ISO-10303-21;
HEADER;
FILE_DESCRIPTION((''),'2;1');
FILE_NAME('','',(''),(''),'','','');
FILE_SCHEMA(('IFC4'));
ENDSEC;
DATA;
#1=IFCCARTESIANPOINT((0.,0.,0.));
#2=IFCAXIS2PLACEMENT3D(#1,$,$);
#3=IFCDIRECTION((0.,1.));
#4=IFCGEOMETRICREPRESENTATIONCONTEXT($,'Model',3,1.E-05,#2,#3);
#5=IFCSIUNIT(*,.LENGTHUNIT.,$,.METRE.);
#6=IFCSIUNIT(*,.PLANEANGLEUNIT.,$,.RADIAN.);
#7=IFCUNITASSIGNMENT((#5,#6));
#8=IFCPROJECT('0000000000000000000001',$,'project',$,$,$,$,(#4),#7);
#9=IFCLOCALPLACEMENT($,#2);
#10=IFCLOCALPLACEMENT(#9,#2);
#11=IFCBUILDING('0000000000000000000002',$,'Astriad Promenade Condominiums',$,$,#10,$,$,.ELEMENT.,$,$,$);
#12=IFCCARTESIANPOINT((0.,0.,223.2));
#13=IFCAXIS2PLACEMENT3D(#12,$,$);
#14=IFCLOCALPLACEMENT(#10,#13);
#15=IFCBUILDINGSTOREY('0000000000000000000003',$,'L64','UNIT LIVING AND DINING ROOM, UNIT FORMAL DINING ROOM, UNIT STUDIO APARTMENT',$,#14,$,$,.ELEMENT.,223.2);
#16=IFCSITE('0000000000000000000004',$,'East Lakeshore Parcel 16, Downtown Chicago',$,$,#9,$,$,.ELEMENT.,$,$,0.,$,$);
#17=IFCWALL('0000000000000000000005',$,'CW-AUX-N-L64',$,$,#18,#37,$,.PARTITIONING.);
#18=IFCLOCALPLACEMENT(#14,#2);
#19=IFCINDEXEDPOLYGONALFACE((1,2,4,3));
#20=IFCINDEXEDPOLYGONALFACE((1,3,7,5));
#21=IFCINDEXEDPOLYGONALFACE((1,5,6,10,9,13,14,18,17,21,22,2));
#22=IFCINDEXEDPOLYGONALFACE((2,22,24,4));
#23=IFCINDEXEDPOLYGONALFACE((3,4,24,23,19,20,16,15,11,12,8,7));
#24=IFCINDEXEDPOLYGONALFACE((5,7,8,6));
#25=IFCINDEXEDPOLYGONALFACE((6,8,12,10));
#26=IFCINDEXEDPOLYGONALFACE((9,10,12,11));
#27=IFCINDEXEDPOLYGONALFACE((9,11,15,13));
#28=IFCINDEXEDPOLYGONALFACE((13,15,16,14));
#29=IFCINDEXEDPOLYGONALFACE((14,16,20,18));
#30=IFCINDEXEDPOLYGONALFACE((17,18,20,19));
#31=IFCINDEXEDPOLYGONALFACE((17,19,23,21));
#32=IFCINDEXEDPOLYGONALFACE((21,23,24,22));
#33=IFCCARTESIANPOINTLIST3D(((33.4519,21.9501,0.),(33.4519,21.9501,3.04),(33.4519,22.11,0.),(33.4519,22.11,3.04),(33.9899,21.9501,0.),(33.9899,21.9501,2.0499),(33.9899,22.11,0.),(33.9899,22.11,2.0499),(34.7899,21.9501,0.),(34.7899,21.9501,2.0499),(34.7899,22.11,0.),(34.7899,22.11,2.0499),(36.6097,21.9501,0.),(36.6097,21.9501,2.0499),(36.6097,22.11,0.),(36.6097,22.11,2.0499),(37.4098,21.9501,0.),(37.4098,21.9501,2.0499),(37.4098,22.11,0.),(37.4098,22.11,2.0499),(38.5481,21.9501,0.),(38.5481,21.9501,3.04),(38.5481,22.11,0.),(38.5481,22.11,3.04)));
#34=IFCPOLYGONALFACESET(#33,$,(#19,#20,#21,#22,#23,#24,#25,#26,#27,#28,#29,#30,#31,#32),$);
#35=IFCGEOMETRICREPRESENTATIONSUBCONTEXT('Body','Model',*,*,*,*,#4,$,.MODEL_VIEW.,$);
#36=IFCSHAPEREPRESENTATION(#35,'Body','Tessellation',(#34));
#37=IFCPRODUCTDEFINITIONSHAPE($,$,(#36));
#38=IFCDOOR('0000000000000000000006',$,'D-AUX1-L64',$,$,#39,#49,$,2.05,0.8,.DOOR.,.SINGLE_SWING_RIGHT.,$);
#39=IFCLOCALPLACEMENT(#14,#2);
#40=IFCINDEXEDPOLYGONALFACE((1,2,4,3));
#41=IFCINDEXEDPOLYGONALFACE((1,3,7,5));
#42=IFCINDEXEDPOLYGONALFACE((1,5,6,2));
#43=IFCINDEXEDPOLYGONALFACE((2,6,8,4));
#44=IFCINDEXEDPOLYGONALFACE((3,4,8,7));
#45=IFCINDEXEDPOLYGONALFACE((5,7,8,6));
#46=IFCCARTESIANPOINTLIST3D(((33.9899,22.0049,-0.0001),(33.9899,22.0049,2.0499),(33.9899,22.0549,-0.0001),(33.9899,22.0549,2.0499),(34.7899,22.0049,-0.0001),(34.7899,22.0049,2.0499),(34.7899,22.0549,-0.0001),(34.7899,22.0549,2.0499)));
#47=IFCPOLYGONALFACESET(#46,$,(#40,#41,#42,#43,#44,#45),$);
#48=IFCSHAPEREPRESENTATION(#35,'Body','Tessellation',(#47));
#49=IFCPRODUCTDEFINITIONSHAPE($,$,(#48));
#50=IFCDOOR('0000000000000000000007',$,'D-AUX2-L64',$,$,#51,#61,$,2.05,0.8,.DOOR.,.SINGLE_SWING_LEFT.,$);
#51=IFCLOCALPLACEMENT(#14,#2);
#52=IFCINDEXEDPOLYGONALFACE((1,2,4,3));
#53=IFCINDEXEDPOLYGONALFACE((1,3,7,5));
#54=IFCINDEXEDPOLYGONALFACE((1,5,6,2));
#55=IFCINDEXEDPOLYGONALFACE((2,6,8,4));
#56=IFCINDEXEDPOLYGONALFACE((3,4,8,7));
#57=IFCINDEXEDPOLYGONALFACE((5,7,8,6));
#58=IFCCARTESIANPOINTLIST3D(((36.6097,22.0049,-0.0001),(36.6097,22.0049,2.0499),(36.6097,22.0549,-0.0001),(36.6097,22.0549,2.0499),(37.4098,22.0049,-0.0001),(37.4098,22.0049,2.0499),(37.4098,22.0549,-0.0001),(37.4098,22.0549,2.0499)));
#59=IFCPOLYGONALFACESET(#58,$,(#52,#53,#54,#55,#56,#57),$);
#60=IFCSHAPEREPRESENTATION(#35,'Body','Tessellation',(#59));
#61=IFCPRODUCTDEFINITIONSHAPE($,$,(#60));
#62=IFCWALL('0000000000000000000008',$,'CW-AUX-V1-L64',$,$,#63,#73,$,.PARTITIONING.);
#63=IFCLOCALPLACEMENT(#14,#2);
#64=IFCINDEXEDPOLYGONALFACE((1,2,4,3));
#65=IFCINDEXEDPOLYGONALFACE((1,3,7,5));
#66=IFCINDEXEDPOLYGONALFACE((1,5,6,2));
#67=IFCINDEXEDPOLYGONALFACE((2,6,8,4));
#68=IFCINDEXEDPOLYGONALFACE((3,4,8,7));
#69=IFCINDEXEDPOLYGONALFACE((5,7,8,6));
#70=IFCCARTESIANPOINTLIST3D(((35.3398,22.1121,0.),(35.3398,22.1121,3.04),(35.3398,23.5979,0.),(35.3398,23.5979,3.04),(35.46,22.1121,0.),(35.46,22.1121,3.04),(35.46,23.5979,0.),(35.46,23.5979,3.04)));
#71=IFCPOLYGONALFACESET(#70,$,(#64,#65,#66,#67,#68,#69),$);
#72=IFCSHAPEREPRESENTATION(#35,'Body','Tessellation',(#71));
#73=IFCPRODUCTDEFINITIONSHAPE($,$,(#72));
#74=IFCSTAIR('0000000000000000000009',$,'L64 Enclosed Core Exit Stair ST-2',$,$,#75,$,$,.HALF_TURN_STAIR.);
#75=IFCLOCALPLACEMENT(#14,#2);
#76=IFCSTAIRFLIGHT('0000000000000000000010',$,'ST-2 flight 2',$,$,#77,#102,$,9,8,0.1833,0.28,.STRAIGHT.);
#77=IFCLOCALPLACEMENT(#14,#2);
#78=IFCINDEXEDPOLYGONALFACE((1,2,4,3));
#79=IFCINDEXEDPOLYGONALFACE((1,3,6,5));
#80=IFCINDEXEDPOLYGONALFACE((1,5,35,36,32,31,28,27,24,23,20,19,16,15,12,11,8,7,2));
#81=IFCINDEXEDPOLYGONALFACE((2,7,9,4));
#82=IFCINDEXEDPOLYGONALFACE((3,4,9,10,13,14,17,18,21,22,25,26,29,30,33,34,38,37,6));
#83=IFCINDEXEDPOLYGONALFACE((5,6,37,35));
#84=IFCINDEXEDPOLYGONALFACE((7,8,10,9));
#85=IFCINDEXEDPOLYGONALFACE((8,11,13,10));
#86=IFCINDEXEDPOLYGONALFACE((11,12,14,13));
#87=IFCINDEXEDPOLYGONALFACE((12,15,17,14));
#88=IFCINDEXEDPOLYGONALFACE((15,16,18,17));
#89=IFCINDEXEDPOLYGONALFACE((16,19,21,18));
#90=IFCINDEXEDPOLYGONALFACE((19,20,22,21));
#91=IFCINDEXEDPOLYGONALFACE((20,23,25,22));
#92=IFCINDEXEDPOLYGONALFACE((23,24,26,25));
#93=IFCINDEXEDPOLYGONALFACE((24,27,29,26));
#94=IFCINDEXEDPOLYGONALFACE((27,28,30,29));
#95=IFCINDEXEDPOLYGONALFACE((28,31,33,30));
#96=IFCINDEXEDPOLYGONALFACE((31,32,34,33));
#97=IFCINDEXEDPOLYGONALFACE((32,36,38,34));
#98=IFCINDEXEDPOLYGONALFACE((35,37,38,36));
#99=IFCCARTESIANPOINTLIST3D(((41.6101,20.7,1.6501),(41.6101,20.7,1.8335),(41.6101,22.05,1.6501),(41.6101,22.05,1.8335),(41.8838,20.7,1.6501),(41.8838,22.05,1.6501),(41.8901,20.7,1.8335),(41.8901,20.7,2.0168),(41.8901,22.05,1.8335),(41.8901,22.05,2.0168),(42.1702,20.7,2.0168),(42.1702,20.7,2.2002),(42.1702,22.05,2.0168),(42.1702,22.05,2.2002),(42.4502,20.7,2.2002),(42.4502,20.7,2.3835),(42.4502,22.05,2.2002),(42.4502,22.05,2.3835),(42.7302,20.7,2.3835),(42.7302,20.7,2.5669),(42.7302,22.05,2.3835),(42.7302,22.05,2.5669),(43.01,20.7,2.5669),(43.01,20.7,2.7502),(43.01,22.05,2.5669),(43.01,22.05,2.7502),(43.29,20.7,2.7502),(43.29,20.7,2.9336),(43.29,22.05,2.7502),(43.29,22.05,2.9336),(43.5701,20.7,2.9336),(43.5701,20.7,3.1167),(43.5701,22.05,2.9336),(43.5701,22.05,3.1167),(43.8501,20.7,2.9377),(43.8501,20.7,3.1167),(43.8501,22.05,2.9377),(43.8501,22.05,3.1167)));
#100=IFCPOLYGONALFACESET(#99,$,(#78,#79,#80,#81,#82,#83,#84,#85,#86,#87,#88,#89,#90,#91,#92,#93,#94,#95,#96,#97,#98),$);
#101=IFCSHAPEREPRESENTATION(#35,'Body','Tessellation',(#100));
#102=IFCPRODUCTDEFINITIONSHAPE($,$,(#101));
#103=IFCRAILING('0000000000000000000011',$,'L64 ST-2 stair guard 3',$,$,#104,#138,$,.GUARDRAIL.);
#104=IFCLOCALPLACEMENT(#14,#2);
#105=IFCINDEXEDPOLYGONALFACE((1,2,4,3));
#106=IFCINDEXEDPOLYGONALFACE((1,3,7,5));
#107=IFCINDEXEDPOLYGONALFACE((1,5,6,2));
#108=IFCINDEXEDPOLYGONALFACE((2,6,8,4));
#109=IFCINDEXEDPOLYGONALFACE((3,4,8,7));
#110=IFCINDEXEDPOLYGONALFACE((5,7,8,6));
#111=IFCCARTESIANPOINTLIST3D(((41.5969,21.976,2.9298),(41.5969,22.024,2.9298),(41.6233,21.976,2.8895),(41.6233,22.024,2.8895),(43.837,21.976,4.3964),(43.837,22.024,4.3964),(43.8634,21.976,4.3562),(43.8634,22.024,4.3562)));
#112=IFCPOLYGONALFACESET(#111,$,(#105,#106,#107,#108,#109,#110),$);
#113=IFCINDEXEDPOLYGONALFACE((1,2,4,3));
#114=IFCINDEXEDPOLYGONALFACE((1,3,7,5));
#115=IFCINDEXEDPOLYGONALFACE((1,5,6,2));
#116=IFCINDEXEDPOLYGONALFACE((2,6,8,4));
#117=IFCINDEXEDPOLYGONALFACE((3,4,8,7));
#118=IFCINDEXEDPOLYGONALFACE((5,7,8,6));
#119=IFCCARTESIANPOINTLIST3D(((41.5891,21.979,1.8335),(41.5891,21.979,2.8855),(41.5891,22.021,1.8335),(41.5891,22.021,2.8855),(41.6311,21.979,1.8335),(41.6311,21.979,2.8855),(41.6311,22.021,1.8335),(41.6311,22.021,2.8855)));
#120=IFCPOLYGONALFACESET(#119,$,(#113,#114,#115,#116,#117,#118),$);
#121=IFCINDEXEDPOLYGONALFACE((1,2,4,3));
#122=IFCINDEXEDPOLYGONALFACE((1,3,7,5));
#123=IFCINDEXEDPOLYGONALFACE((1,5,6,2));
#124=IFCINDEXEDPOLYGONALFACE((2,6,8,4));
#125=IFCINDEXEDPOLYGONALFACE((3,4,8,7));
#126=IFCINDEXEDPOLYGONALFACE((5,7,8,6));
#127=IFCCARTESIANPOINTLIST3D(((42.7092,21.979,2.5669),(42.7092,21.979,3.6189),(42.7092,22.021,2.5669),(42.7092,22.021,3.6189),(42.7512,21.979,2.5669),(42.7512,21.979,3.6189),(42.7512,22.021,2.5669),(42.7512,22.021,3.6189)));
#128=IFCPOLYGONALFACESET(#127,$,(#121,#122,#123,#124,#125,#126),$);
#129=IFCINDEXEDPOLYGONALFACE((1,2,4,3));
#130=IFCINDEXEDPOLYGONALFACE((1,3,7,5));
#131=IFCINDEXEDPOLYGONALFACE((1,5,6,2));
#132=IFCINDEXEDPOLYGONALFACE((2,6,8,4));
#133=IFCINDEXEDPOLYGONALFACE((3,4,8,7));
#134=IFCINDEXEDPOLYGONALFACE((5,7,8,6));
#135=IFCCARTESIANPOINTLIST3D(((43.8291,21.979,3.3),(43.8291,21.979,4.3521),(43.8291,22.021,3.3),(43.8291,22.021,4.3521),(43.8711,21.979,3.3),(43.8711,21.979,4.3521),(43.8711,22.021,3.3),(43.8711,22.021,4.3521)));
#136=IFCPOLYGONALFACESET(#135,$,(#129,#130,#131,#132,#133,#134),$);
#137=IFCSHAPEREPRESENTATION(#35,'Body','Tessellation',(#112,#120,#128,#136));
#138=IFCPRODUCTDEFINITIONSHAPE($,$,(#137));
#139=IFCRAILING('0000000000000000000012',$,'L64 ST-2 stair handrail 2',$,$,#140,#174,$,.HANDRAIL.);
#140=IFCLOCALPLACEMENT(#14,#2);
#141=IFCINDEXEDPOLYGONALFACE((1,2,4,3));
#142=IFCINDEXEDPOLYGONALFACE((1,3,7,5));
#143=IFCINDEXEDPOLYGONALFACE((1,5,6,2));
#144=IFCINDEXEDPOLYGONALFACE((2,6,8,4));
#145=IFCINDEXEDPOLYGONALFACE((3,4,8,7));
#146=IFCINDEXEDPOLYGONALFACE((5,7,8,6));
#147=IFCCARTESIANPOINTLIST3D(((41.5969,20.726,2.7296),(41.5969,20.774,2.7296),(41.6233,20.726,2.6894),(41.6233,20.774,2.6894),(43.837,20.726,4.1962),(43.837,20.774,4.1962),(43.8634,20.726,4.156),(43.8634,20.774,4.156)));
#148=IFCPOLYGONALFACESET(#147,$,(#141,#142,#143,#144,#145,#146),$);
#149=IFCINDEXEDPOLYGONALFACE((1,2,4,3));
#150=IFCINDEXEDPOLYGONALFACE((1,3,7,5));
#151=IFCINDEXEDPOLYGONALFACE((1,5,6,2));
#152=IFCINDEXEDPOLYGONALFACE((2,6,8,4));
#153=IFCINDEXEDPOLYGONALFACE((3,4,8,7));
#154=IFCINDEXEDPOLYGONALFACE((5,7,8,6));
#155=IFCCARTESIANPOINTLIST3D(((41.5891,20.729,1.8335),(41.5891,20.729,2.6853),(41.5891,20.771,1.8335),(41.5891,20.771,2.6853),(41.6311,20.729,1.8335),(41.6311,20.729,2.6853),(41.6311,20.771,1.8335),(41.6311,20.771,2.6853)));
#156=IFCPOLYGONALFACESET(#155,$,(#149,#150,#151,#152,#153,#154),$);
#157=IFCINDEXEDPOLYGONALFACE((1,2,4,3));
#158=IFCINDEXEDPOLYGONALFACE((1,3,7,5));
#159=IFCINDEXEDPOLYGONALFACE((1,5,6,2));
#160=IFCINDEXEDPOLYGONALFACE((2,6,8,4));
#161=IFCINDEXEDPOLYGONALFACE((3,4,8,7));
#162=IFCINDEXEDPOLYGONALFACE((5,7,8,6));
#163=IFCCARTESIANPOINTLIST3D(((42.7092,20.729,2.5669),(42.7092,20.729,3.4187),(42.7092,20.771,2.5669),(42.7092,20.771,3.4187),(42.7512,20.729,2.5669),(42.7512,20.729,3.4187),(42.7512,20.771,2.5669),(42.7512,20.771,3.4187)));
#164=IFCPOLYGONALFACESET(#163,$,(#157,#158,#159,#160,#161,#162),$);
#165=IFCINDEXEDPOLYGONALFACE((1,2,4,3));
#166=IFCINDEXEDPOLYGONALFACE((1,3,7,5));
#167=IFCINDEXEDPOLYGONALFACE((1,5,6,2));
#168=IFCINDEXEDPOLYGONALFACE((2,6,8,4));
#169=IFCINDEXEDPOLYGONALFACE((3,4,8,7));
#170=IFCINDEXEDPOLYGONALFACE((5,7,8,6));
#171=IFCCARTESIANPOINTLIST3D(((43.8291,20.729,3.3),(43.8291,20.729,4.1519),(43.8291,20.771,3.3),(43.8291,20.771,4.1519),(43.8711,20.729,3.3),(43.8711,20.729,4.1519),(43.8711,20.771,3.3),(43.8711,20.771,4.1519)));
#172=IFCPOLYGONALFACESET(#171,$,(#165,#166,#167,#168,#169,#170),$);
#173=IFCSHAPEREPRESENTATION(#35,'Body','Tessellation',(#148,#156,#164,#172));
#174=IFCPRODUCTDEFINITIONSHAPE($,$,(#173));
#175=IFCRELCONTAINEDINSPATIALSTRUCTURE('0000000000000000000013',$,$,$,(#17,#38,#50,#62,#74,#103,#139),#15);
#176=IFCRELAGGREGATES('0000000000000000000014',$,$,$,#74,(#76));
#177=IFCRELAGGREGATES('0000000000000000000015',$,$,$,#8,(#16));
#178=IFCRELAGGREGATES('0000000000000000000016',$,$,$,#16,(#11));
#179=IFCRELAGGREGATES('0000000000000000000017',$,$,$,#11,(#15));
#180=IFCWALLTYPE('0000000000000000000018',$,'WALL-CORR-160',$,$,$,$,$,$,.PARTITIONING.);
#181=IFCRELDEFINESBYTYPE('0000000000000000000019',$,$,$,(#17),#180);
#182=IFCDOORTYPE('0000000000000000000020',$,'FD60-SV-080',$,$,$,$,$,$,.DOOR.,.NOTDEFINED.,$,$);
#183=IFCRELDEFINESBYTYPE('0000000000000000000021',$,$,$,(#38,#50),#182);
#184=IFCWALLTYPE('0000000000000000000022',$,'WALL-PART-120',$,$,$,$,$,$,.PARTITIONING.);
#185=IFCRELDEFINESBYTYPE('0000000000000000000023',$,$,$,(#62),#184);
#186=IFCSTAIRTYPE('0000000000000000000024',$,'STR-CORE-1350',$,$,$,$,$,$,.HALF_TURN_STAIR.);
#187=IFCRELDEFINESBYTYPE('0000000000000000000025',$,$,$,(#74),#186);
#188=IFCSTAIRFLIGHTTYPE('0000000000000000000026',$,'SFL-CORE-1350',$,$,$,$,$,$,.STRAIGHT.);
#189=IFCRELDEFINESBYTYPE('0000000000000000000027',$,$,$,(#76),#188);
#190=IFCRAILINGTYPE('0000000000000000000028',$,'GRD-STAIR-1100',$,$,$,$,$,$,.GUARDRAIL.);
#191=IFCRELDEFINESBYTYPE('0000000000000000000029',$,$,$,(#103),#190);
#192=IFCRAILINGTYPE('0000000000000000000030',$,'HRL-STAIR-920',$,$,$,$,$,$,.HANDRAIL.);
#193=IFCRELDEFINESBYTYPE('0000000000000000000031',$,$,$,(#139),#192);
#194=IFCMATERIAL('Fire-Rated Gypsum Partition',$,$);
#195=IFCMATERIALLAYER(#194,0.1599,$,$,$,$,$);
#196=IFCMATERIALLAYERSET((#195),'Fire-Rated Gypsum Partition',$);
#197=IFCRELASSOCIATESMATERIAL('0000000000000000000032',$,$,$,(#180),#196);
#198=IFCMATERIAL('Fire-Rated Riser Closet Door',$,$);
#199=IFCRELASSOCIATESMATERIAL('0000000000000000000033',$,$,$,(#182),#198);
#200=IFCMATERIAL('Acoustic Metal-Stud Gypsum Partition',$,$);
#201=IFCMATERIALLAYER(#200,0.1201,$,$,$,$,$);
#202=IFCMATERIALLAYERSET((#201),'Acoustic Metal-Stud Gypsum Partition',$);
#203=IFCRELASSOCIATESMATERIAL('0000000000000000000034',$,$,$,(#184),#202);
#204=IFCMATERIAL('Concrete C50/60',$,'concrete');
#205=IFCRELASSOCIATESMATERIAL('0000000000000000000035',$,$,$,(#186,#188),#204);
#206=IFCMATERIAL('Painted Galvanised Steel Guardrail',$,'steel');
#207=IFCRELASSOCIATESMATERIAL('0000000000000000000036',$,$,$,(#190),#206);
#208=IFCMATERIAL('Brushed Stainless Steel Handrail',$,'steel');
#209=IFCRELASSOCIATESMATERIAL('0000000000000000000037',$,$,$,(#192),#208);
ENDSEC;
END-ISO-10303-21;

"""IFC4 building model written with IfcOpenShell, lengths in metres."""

from ifc_helpers import new_model, si_unit, direction, frame, frame_2d, origin, origin_2d, place, context, subcontext, project, spatial, polyline, rectangle, outline, extrude, source, transform, mapped, material, layer, layer_set, type_object, type_shapes, element, fill, aggregate, save


model = new_model("IFC4")

# Units and contexts
model_context = context("Model", 3, precision=1e-05, world=origin(), true_north=direction((0.0, 1.0)))
body_context = subcontext(model_context, "Body", "Model", "MODEL_VIEW")
ifc_project = project(units=[si_unit("LENGTHUNIT", "METRE"), si_unit("PLANEANGLEUNIT", "RADIAN")], contexts=[model_context])

# Site, building, storey
site_placement = place(None, origin())
site = spatial("IfcSite", under=ifc_project, at=site_placement, Name="East Lakeshore Parcel 16, Downtown Chicago", CompositionType="ELEMENT", RefElevation=0.0)
building_placement = place(site_placement, origin())
building = spatial("IfcBuilding", under=site, at=building_placement, Name="Astriad Promenade Condominiums", CompositionType="ELEMENT")
storey_placement = place(building_placement, frame((0.0, 0.0, 223.2)))
storey = spatial("IfcBuildingStorey", under=building, at=storey_placement, Name="L64", Description="UNIT LIVING AND DINING ROOM, UNIT FORMAL DINING ROOM, UNIT STUDIO APARTMENT", CompositionType="ELEMENT", Elevation=223.2)

# Shared definitions
ifc_material_1 = material(Name="Concrete C50/60", Category="concrete")

# Shared definitions
ifc_material_2 = material(Name="Fire-Rated Gypsum Partition")
ifc_layer_1 = layer(ifc_material_2, 0.1599)
ifc_layer_set_1 = layer_set([ifc_layer_1], Name="Fire-Rated Gypsum Partition")
wall_type_1 = type_object("IfcWallType", Name="WALL-CORR-160", PredefinedType="PARTITIONING", material=ifc_layer_set_1)

# Wall, openings, doors
wall_1_placement = place(storey_placement, frame((33.4519, 22.03, 0.0), z_axis=(0.0, 0.0, 1.0), x_axis=(1.0, 0.0, 0.0)))
wall_1 = element("IfcWall", 1, at=wall_1_placement, inside=storey, type_object=wall_type_1, Name="CW-AUX-N-L64", PredefinedType="PARTITIONING", context=body_context, shape_type="SweptSolid", body=[
    extrude(rectangle(XDim=5.0962, YDim=0.1599, at=frame_2d((2.5481, 0.0))), origin(), (0.0, 0.0, 1.0), 3.04),
])
opening_1_placement = place(wall_1_placement, frame((0.5381, 0.0, 0.0)))
opening_1 = element("IfcOpeningElement", 2, at=opening_1_placement, cuts=wall_1, PredefinedType="OPENING", context=body_context, shape_type="SweptSolid", body=[
    extrude(rectangle(XDim=0.8, YDim=2.05, at=frame_2d((0.3999, 1.0249))), frame((0.0, 0.0898, 0.0), z_axis=(0.0, -1.0, 0.0), x_axis=(1.0, 0.0, 0.0)), (0.0, 0.0, 1.0), 0.1799),
])
opening_2_placement = place(wall_1_placement, frame((3.158, 0.0, 0.0)))
opening_2 = element("IfcOpeningElement", 3, at=opening_2_placement, cuts=wall_1, PredefinedType="OPENING", context=body_context, shape_type="SweptSolid", body=[
    extrude(rectangle(XDim=0.8, YDim=2.05, at=frame_2d((0.3999, 1.0249))), frame((0.0, 0.0898, 0.0), z_axis=(0.0, -1.0, 0.0), x_axis=(1.0, 0.0, 0.0)), (0.0, 0.0, 1.0), 0.1799),
])
ifc_material_3 = material(Name="Fire-Rated Riser Closet Door")
door_type_1 = type_object("IfcDoorType", Name="FD60-SV-080", OperationType="NOTDEFINED", PredefinedType="DOOR", material=ifc_material_3)
shared_shape_1 = source(origin(), body_context, "Body", "SweptSolid", [
    extrude(rectangle(XDim=0.8, YDim=2.05, at=frame_2d((0.3999, 1.0249))), frame((0.0, 0.0249, 0.0), z_axis=(0.0, -1.0, 0.0), x_axis=(1.0, 0.0, 0.0)), (0.0, 0.0, 1.0), 0.05),
])
type_shapes(door_type_1, [shared_shape_1])
door_1_placement = place(opening_1_placement, origin())
door_1 = element("IfcDoor", 4, at=door_1_placement, inside=storey, type_object=door_type_1, Name="D-AUX1-L64", OperationType="SINGLE_SWING_RIGHT", OverallHeight=2.05, OverallWidth=0.8, PredefinedType="DOOR", context=body_context, shape_type="MappedRepresentation", body=[
    mapped(shared_shape_1, transform((0.0, 0.0, 0.0), scale=1.0)),
])
fill(opening_1, door_1)
door_2_placement = place(opening_2_placement, origin())
door_2 = element("IfcDoor", 5, at=door_2_placement, inside=storey, type_object=door_type_1, Name="D-AUX2-L64", OperationType="SINGLE_SWING_LEFT", OverallHeight=2.05, OverallWidth=0.8, PredefinedType="DOOR", context=body_context, shape_type="MappedRepresentation", body=[
    mapped(shared_shape_1, transform((0.0, 0.0, 0.0), scale=1.0)),
])
fill(opening_2, door_2)

# Wall
ifc_material_4 = material(Name="Acoustic Metal-Stud Gypsum Partition")
ifc_layer_2 = layer(ifc_material_4, 0.1201)
ifc_layer_set_2 = layer_set([ifc_layer_2], Name="Acoustic Metal-Stud Gypsum Partition")
wall_type_2 = type_object("IfcWallType", Name="WALL-PART-120", PredefinedType="PARTITIONING", material=ifc_layer_set_2)
wall_2_placement = place(storey_placement, frame((35.3999, 22.1121, 0.0), z_axis=(0.0, 0.0, 1.0), x_axis=(0.0, 1.0, 0.0)))
element("IfcWall", 6, at=wall_2_placement, inside=storey, type_object=wall_type_2, Name="CW-AUX-V1-L64", PredefinedType="PARTITIONING", context=body_context, shape_type="SweptSolid", body=[
    extrude(rectangle(XDim=1.4858, YDim=0.1201, at=frame_2d((0.7429, 0.0))), origin(), (0.0, 0.0, 1.0), 3.04),
])

# Stair, stair flight
stair_type = type_object("IfcStairType", Name="STR-CORE-1350", PredefinedType="HALF_TURN_STAIR", material=ifc_material_1)
stair_placement = place(storey_placement, origin())
stair = element("IfcStair", 7, at=stair_placement, inside=storey, type_object=stair_type, Name="L64 Enclosed Core Exit Stair ST-2", PredefinedType="HALF_TURN_STAIR")
stair_flight_type = type_object("IfcStairFlightType", Name="SFL-CORE-1350", PredefinedType="STRAIGHT", material=ifc_material_1)
shared_shape_2 = source(origin(), body_context, "Body", "SweptSolid", [
    extrude(outline(polyline([(0.0, 0.0), (0.0, 0.1833), (0.28, 0.1833), (0.28, 0.3667), (0.5601, 0.3667), (0.5601, 0.55), (0.8401, 0.55), (0.8401, 0.7334), (1.1201, 0.7334), (1.1201, 0.9167), (1.3999, 0.9167), (1.3999, 1.1001), (1.6799, 1.1001), (1.6799, 1.2834), (1.96, 1.2834), (1.96, 1.4666), (2.24, 1.4666), (2.24, 1.6499), (2.24, 1.2876), (0.2737, 0.0), (0.0, 0.0)])), frame((0.0, 0.675, 0.0), z_axis=(0.0, -1.0, 0.0), x_axis=(1.0, 0.0, 0.0)), (0.0, 0.0, 1.0), 1.3501),
])
type_shapes(stair_flight_type, [shared_shape_2])
stair_flight_placement = place(storey_placement, frame((41.6101, 21.375, 1.6501), z_axis=(0.0, 0.0, 1.0), x_axis=(1.0, 0.0, 0.0)))
stair_flight = element("IfcStairFlight", 8, at=stair_flight_placement, type_object=stair_flight_type, Name="ST-2 flight 2", NumberOfRisers=9, NumberOfTreads=8, PredefinedType="STRAIGHT", RiserHeight=0.1833, TreadLength=0.28, context=body_context, shape_type="MappedRepresentation", body=[
    mapped(shared_shape_2, transform((0.0, 0.0, 0.0), scale=1.0)),
])
aggregate(stair, [stair_flight])

# Railings
ifc_material_5 = material(Name="Painted Galvanised Steel Guardrail", Category="steel")
railing_type_1 = type_object("IfcRailingType", Name="GRD-STAIR-1100", PredefinedType="GUARDRAIL", material=ifc_material_5)
shared_shape_3 = source(origin(), body_context, "Body", "SweptSolid", [
    extrude(rectangle(XDim=0.0481, YDim=0.0481, at=origin_2d()), frame((0.0, 0.0, 1.0762), z_axis=(0.836637, 0.0, 0.547758), x_axis=(0.0, 1.0, 0.0)), (0.0, 0.0, 1.0), 2.6775),
    extrude(rectangle(XDim=0.042, YDim=0.042, at=origin_2d()), origin(), (0.0, 0.0, 1.0), 1.052),
    extrude(rectangle(XDim=0.042, YDim=0.042, at=origin_2d()), frame((1.1201, 0.0, 0.7334)), (0.0, 0.0, 1.0), 1.052),
    extrude(rectangle(XDim=0.042, YDim=0.042, at=origin_2d()), frame((2.24, 0.0, 1.4666)), (0.0, 0.0, 1.0), 1.052),
])
railing_1_placement = place(storey_placement, frame((41.6101, 22.0, 1.8335)))
element("IfcRailing", 9, at=railing_1_placement, inside=storey, type_object=railing_type_1, Name="L64 ST-2 stair guard 3", PredefinedType="GUARDRAIL", context=body_context, shape_type="MappedRepresentation", body=[
    mapped(shared_shape_3, transform((0.0, 0.0, 0.0), scale=1.0)),
])
ifc_material_6 = material(Name="Brushed Stainless Steel Handrail", Category="steel")
railing_type_2 = type_object("IfcRailingType", Name="HRL-STAIR-920", PredefinedType="HANDRAIL", material=ifc_material_6)
shared_shape_4 = source(origin(), body_context, "Body", "SweptSolid", [
    extrude(rectangle(XDim=0.0481, YDim=0.0481, at=origin_2d()), frame((0.0, 0.0, 0.876), z_axis=(0.836637, 0.0, 0.547758), x_axis=(0.0, 1.0, 0.0)), (0.0, 0.0, 1.0), 2.6775),
    extrude(rectangle(XDim=0.042, YDim=0.042, at=origin_2d()), origin(), (0.0, 0.0, 1.0), 0.8518),
    extrude(rectangle(XDim=0.042, YDim=0.042, at=origin_2d()), frame((1.1201, 0.0, 0.7334)), (0.0, 0.0, 1.0), 0.8518),
    extrude(rectangle(XDim=0.042, YDim=0.042, at=origin_2d()), frame((2.24, 0.0, 1.4666)), (0.0, 0.0, 1.0), 0.8518),
])
type_shapes(railing_type_2, [shared_shape_4])
railing_2_placement = place(storey_placement, frame((41.6101, 20.75, 1.8335)))
element("IfcRailing", 10, at=railing_2_placement, inside=storey, type_object=railing_type_2, Name="L64 ST-2 stair handrail 2", PredefinedType="HANDRAIL", context=body_context, shape_type="MappedRepresentation", body=[
    mapped(shared_shape_4, transform((0.0, 0.0, 0.0), scale=1.0)),
])

save(model, "model.ifc")
